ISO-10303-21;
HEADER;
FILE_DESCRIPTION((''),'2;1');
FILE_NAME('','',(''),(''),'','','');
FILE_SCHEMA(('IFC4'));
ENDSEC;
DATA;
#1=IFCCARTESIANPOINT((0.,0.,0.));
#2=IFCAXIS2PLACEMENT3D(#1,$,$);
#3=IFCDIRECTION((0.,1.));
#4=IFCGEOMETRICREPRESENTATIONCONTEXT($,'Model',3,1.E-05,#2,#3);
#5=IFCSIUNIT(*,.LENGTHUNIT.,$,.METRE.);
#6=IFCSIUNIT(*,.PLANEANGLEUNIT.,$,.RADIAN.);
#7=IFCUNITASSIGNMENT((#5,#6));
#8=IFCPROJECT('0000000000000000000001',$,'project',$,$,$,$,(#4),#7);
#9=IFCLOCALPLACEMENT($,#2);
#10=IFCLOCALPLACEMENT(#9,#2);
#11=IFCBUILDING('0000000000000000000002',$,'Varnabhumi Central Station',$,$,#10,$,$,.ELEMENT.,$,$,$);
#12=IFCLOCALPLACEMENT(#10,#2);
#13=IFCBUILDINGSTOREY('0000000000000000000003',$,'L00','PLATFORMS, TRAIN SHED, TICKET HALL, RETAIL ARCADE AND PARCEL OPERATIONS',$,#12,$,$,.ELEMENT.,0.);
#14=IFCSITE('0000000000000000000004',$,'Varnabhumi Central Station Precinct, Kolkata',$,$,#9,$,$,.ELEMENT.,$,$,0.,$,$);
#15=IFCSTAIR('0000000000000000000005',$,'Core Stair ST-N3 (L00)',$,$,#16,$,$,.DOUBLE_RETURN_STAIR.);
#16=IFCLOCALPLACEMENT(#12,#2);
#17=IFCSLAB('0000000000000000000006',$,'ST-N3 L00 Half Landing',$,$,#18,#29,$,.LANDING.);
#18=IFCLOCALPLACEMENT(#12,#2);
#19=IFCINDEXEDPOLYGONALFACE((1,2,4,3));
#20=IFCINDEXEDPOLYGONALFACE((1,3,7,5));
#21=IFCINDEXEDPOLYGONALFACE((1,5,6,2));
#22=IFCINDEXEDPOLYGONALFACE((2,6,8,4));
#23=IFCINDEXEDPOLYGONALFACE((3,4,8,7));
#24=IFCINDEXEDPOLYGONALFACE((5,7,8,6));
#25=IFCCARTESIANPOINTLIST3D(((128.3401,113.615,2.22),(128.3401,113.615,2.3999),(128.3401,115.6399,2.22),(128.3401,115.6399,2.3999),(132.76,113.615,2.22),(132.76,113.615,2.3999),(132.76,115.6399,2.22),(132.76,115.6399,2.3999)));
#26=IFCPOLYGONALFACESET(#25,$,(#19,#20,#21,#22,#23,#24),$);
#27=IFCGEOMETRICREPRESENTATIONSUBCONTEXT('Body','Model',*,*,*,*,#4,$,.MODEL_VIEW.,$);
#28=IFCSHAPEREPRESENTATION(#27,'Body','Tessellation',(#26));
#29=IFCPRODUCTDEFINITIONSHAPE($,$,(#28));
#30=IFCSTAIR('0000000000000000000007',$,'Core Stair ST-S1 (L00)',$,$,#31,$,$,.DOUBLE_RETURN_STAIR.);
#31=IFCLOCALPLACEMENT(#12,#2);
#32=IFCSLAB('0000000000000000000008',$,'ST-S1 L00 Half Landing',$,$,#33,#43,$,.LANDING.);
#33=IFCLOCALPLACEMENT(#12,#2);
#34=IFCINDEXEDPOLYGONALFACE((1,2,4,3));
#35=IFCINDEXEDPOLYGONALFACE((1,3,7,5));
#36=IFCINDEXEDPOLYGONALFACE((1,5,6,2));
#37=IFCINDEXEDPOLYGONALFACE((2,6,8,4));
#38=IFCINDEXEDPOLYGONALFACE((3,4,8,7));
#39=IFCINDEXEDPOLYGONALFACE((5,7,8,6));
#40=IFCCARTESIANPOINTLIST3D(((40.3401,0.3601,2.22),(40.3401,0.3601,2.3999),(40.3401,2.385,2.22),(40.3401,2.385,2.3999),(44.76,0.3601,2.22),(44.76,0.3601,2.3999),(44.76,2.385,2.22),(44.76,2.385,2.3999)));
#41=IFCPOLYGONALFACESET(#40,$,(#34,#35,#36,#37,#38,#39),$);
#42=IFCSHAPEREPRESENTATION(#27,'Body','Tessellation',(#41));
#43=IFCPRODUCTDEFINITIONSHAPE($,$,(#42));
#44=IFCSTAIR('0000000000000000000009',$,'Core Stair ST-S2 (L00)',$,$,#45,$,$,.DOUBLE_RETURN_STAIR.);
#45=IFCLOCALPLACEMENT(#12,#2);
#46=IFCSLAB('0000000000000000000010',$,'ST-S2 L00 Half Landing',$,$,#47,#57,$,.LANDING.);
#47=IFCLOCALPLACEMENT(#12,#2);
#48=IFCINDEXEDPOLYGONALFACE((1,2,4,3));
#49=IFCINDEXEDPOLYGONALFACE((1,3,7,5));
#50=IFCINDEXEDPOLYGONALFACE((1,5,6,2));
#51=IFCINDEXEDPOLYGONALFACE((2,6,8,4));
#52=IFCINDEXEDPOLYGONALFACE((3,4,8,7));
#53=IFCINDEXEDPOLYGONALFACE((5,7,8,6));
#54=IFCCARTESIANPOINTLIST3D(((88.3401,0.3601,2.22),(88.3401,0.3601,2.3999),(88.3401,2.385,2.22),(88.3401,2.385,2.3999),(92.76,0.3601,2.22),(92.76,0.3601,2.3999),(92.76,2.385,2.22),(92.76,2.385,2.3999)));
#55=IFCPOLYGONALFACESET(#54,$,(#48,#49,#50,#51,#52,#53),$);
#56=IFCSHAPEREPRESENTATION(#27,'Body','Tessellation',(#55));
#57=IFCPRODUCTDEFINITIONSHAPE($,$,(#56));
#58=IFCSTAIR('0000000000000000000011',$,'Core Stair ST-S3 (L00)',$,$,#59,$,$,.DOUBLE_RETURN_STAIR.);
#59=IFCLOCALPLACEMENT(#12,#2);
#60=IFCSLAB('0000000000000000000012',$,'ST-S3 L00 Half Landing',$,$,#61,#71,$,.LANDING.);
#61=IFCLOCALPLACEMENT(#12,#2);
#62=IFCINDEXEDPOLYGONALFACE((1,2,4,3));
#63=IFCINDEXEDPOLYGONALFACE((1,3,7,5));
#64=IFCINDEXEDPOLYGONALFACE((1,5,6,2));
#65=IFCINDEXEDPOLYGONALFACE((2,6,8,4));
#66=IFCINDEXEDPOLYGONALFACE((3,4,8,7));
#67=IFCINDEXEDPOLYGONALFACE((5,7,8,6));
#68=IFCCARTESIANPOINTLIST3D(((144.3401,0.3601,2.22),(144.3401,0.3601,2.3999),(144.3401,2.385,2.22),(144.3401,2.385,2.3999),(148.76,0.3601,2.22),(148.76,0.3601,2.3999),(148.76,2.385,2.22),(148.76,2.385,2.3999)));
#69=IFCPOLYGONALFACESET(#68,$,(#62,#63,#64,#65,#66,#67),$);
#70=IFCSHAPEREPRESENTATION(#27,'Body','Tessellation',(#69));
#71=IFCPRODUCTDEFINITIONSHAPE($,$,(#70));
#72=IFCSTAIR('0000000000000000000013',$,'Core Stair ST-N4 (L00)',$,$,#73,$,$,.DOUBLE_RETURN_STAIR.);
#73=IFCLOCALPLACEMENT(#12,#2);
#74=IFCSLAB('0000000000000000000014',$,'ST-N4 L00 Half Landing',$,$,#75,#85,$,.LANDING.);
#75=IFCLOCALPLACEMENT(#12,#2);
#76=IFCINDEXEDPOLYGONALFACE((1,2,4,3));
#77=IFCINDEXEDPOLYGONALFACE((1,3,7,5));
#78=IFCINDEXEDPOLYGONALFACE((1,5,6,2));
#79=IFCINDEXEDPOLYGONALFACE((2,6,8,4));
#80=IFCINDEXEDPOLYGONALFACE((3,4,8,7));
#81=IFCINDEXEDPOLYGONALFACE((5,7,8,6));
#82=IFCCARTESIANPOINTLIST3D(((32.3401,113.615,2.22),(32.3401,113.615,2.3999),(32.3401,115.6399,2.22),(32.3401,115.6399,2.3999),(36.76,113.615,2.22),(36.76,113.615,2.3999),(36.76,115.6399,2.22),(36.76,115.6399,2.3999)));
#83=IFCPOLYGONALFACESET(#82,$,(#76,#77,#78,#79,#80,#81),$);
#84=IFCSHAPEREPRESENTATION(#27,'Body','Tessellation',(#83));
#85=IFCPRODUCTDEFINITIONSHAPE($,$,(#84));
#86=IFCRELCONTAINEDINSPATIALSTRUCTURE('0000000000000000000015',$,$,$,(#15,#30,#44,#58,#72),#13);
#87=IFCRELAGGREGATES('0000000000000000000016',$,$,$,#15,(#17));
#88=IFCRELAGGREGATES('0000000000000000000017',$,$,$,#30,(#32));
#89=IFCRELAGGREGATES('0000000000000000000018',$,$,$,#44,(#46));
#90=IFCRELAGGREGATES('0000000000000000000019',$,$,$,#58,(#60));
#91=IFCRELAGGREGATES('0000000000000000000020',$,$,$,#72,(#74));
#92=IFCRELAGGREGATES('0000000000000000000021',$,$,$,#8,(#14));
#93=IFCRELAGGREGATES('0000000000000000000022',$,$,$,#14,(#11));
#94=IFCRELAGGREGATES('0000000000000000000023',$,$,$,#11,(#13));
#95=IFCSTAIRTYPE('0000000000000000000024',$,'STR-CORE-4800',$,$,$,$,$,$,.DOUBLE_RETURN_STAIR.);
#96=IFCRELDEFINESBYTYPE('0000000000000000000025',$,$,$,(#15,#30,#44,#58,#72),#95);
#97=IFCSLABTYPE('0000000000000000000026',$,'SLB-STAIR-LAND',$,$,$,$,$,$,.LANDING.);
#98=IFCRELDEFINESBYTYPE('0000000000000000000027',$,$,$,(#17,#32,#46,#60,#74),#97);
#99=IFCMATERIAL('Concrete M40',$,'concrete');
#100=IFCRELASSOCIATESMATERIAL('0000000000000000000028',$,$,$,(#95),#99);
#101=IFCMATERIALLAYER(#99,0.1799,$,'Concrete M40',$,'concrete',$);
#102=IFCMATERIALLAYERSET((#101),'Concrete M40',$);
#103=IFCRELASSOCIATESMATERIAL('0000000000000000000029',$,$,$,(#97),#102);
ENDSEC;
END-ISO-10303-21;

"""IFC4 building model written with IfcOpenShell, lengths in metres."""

from ifc_helpers import new_model, si_unit, direction, frame, origin, place, context, subcontext, project, spatial, polyline, outline, extrude, material, layer, layer_set, type_object, element, aggregate, save


model = new_model("IFC4")

# Units and contexts
model_context = context("Model", 3, precision=1e-05, world=origin(), true_north=direction((0.0, 1.0)))
body_context = subcontext(model_context, "Body", "Model", "MODEL_VIEW")
ifc_project = project(units=[si_unit("LENGTHUNIT", "METRE"), si_unit("PLANEANGLEUNIT", "RADIAN")], contexts=[model_context])

# Site, building, storey
site_placement = place(None, origin())
site = spatial("IfcSite", under=ifc_project, at=site_placement, Name="Varnabhumi Central Station Precinct, Kolkata", CompositionType="ELEMENT", RefElevation=0.0)
building_placement = place(site_placement, origin())
building = spatial("IfcBuilding", under=site, at=building_placement, Name="Varnabhumi Central Station", CompositionType="ELEMENT")
storey_placement = place(building_placement, origin())
storey = spatial("IfcBuildingStorey", under=building, at=storey_placement, Name="L00", Description="PLATFORMS, TRAIN SHED, TICKET HALL, RETAIL ARCADE AND PARCEL OPERATIONS", CompositionType="ELEMENT", Elevation=0.0)

# Stairs, slabs
ifc_material_1 = material(Name="Concrete M40", Category="concrete")
stair_type = type_object("IfcStairType", Name="STR-CORE-4800", PredefinedType="DOUBLE_RETURN_STAIR", material=ifc_material_1)
ifc_layer_1 = layer(ifc_material_1, 0.1799, Name="Concrete M40", Category="concrete")
ifc_layer_set_1 = layer_set([ifc_layer_1], Name="Concrete M40")
slab_type_1 = type_object("IfcSlabType", Name="SLB-STAIR-LAND", PredefinedType="LANDING", material=ifc_layer_set_1)
stair_1_placement = place(storey_placement, origin())
stair_1 = element("IfcStair", 1, at=stair_1_placement, inside=storey, type_object=stair_type, Name="Core Stair ST-N3 (L00)", PredefinedType="DOUBLE_RETURN_STAIR")
slab_1_placement = place(storey_placement, frame((0.0, 0.0, 2.22)))
slab_1 = element("IfcSlab", 2, at=slab_1_placement, type_object=slab_type_1, Name="ST-N3 L00 Half Landing", PredefinedType="LANDING", context=body_context, shape_type="SweptSolid", body=[
    extrude(outline(polyline([(128.3401, 113.615), (132.76, 113.615), (132.76, 115.6399), (128.3401, 115.6399), (128.3401, 113.615)])), origin(), (0.0, 0.0, 1.0), 0.1799),
])
aggregate(stair_1, [slab_1])
stair_2_placement = place(storey_placement, origin())
stair_2 = element("IfcStair", 3, at=stair_2_placement, inside=storey, type_object=stair_type, Name="Core Stair ST-S1 (L00)", PredefinedType="DOUBLE_RETURN_STAIR")
slab_2_placement = place(storey_placement, frame((0.0, 0.0, 2.22)))
slab_2 = element("IfcSlab", 4, at=slab_2_placement, type_object=slab_type_1, Name="ST-S1 L00 Half Landing", PredefinedType="LANDING", context=body_context, shape_type="SweptSolid", body=[
    extrude(outline(polyline([(40.3401, 0.3601), (44.76, 0.3601), (44.76, 2.385), (40.3401, 2.385), (40.3401, 0.3601)])), origin(), (0.0, 0.0, 1.0), 0.1799),
])
aggregate(stair_2, [slab_2])
stair_3_placement = place(storey_placement, origin())
stair_3 = element("IfcStair", 5, at=stair_3_placement, inside=storey, type_object=stair_type, Name="Core Stair ST-S2 (L00)", PredefinedType="DOUBLE_RETURN_STAIR")
slab_3_placement = place(storey_placement, frame((0.0, 0.0, 2.22)))
slab_3 = element("IfcSlab", 6, at=slab_3_placement, type_object=slab_type_1, Name="ST-S2 L00 Half Landing", PredefinedType="LANDING", context=body_context, shape_type="SweptSolid", body=[
    extrude(outline(polyline([(88.3401, 0.3601), (92.76, 0.3601), (92.76, 2.385), (88.3401, 2.385), (88.3401, 0.3601)])), origin(), (0.0, 0.0, 1.0), 0.1799),
])
aggregate(stair_3, [slab_3])
stair_4_placement = place(storey_placement, origin())
stair_4 = element("IfcStair", 7, at=stair_4_placement, inside=storey, type_object=stair_type, Name="Core Stair ST-S3 (L00)", PredefinedType="DOUBLE_RETURN_STAIR")
slab_4_placement = place(storey_placement, frame((0.0, 0.0, 2.22)))
slab_4 = element("IfcSlab", 8, at=slab_4_placement, type_object=slab_type_1, Name="ST-S3 L00 Half Landing", PredefinedType="LANDING", context=body_context, shape_type="SweptSolid", body=[
    extrude(outline(polyline([(144.3401, 0.3601), (148.76, 0.3601), (148.76, 2.385), (144.3401, 2.385), (144.3401, 0.3601)])), origin(), (0.0, 0.0, 1.0), 0.1799),
])
aggregate(stair_4, [slab_4])
stair_5_placement = place(storey_placement, origin())
stair_5 = element("IfcStair", 9, at=stair_5_placement, inside=storey, type_object=stair_type, Name="Core Stair ST-N4 (L00)", PredefinedType="DOUBLE_RETURN_STAIR")
slab_5_placement = place(storey_placement, frame((0.0, 0.0, 2.22)))
slab_5 = element("IfcSlab", 10, at=slab_5_placement, type_object=slab_type_1, Name="ST-N4 L00 Half Landing", PredefinedType="LANDING", context=body_context, shape_type="SweptSolid", body=[
    extrude(outline(polyline([(32.3401, 113.615), (36.76, 113.615), (36.76, 115.6399), (32.3401, 115.6399), (32.3401, 113.615)])), origin(), (0.0, 0.0, 1.0), 0.1799),
])
aggregate(stair_5, [slab_5])

save(model, "model.ifc")
